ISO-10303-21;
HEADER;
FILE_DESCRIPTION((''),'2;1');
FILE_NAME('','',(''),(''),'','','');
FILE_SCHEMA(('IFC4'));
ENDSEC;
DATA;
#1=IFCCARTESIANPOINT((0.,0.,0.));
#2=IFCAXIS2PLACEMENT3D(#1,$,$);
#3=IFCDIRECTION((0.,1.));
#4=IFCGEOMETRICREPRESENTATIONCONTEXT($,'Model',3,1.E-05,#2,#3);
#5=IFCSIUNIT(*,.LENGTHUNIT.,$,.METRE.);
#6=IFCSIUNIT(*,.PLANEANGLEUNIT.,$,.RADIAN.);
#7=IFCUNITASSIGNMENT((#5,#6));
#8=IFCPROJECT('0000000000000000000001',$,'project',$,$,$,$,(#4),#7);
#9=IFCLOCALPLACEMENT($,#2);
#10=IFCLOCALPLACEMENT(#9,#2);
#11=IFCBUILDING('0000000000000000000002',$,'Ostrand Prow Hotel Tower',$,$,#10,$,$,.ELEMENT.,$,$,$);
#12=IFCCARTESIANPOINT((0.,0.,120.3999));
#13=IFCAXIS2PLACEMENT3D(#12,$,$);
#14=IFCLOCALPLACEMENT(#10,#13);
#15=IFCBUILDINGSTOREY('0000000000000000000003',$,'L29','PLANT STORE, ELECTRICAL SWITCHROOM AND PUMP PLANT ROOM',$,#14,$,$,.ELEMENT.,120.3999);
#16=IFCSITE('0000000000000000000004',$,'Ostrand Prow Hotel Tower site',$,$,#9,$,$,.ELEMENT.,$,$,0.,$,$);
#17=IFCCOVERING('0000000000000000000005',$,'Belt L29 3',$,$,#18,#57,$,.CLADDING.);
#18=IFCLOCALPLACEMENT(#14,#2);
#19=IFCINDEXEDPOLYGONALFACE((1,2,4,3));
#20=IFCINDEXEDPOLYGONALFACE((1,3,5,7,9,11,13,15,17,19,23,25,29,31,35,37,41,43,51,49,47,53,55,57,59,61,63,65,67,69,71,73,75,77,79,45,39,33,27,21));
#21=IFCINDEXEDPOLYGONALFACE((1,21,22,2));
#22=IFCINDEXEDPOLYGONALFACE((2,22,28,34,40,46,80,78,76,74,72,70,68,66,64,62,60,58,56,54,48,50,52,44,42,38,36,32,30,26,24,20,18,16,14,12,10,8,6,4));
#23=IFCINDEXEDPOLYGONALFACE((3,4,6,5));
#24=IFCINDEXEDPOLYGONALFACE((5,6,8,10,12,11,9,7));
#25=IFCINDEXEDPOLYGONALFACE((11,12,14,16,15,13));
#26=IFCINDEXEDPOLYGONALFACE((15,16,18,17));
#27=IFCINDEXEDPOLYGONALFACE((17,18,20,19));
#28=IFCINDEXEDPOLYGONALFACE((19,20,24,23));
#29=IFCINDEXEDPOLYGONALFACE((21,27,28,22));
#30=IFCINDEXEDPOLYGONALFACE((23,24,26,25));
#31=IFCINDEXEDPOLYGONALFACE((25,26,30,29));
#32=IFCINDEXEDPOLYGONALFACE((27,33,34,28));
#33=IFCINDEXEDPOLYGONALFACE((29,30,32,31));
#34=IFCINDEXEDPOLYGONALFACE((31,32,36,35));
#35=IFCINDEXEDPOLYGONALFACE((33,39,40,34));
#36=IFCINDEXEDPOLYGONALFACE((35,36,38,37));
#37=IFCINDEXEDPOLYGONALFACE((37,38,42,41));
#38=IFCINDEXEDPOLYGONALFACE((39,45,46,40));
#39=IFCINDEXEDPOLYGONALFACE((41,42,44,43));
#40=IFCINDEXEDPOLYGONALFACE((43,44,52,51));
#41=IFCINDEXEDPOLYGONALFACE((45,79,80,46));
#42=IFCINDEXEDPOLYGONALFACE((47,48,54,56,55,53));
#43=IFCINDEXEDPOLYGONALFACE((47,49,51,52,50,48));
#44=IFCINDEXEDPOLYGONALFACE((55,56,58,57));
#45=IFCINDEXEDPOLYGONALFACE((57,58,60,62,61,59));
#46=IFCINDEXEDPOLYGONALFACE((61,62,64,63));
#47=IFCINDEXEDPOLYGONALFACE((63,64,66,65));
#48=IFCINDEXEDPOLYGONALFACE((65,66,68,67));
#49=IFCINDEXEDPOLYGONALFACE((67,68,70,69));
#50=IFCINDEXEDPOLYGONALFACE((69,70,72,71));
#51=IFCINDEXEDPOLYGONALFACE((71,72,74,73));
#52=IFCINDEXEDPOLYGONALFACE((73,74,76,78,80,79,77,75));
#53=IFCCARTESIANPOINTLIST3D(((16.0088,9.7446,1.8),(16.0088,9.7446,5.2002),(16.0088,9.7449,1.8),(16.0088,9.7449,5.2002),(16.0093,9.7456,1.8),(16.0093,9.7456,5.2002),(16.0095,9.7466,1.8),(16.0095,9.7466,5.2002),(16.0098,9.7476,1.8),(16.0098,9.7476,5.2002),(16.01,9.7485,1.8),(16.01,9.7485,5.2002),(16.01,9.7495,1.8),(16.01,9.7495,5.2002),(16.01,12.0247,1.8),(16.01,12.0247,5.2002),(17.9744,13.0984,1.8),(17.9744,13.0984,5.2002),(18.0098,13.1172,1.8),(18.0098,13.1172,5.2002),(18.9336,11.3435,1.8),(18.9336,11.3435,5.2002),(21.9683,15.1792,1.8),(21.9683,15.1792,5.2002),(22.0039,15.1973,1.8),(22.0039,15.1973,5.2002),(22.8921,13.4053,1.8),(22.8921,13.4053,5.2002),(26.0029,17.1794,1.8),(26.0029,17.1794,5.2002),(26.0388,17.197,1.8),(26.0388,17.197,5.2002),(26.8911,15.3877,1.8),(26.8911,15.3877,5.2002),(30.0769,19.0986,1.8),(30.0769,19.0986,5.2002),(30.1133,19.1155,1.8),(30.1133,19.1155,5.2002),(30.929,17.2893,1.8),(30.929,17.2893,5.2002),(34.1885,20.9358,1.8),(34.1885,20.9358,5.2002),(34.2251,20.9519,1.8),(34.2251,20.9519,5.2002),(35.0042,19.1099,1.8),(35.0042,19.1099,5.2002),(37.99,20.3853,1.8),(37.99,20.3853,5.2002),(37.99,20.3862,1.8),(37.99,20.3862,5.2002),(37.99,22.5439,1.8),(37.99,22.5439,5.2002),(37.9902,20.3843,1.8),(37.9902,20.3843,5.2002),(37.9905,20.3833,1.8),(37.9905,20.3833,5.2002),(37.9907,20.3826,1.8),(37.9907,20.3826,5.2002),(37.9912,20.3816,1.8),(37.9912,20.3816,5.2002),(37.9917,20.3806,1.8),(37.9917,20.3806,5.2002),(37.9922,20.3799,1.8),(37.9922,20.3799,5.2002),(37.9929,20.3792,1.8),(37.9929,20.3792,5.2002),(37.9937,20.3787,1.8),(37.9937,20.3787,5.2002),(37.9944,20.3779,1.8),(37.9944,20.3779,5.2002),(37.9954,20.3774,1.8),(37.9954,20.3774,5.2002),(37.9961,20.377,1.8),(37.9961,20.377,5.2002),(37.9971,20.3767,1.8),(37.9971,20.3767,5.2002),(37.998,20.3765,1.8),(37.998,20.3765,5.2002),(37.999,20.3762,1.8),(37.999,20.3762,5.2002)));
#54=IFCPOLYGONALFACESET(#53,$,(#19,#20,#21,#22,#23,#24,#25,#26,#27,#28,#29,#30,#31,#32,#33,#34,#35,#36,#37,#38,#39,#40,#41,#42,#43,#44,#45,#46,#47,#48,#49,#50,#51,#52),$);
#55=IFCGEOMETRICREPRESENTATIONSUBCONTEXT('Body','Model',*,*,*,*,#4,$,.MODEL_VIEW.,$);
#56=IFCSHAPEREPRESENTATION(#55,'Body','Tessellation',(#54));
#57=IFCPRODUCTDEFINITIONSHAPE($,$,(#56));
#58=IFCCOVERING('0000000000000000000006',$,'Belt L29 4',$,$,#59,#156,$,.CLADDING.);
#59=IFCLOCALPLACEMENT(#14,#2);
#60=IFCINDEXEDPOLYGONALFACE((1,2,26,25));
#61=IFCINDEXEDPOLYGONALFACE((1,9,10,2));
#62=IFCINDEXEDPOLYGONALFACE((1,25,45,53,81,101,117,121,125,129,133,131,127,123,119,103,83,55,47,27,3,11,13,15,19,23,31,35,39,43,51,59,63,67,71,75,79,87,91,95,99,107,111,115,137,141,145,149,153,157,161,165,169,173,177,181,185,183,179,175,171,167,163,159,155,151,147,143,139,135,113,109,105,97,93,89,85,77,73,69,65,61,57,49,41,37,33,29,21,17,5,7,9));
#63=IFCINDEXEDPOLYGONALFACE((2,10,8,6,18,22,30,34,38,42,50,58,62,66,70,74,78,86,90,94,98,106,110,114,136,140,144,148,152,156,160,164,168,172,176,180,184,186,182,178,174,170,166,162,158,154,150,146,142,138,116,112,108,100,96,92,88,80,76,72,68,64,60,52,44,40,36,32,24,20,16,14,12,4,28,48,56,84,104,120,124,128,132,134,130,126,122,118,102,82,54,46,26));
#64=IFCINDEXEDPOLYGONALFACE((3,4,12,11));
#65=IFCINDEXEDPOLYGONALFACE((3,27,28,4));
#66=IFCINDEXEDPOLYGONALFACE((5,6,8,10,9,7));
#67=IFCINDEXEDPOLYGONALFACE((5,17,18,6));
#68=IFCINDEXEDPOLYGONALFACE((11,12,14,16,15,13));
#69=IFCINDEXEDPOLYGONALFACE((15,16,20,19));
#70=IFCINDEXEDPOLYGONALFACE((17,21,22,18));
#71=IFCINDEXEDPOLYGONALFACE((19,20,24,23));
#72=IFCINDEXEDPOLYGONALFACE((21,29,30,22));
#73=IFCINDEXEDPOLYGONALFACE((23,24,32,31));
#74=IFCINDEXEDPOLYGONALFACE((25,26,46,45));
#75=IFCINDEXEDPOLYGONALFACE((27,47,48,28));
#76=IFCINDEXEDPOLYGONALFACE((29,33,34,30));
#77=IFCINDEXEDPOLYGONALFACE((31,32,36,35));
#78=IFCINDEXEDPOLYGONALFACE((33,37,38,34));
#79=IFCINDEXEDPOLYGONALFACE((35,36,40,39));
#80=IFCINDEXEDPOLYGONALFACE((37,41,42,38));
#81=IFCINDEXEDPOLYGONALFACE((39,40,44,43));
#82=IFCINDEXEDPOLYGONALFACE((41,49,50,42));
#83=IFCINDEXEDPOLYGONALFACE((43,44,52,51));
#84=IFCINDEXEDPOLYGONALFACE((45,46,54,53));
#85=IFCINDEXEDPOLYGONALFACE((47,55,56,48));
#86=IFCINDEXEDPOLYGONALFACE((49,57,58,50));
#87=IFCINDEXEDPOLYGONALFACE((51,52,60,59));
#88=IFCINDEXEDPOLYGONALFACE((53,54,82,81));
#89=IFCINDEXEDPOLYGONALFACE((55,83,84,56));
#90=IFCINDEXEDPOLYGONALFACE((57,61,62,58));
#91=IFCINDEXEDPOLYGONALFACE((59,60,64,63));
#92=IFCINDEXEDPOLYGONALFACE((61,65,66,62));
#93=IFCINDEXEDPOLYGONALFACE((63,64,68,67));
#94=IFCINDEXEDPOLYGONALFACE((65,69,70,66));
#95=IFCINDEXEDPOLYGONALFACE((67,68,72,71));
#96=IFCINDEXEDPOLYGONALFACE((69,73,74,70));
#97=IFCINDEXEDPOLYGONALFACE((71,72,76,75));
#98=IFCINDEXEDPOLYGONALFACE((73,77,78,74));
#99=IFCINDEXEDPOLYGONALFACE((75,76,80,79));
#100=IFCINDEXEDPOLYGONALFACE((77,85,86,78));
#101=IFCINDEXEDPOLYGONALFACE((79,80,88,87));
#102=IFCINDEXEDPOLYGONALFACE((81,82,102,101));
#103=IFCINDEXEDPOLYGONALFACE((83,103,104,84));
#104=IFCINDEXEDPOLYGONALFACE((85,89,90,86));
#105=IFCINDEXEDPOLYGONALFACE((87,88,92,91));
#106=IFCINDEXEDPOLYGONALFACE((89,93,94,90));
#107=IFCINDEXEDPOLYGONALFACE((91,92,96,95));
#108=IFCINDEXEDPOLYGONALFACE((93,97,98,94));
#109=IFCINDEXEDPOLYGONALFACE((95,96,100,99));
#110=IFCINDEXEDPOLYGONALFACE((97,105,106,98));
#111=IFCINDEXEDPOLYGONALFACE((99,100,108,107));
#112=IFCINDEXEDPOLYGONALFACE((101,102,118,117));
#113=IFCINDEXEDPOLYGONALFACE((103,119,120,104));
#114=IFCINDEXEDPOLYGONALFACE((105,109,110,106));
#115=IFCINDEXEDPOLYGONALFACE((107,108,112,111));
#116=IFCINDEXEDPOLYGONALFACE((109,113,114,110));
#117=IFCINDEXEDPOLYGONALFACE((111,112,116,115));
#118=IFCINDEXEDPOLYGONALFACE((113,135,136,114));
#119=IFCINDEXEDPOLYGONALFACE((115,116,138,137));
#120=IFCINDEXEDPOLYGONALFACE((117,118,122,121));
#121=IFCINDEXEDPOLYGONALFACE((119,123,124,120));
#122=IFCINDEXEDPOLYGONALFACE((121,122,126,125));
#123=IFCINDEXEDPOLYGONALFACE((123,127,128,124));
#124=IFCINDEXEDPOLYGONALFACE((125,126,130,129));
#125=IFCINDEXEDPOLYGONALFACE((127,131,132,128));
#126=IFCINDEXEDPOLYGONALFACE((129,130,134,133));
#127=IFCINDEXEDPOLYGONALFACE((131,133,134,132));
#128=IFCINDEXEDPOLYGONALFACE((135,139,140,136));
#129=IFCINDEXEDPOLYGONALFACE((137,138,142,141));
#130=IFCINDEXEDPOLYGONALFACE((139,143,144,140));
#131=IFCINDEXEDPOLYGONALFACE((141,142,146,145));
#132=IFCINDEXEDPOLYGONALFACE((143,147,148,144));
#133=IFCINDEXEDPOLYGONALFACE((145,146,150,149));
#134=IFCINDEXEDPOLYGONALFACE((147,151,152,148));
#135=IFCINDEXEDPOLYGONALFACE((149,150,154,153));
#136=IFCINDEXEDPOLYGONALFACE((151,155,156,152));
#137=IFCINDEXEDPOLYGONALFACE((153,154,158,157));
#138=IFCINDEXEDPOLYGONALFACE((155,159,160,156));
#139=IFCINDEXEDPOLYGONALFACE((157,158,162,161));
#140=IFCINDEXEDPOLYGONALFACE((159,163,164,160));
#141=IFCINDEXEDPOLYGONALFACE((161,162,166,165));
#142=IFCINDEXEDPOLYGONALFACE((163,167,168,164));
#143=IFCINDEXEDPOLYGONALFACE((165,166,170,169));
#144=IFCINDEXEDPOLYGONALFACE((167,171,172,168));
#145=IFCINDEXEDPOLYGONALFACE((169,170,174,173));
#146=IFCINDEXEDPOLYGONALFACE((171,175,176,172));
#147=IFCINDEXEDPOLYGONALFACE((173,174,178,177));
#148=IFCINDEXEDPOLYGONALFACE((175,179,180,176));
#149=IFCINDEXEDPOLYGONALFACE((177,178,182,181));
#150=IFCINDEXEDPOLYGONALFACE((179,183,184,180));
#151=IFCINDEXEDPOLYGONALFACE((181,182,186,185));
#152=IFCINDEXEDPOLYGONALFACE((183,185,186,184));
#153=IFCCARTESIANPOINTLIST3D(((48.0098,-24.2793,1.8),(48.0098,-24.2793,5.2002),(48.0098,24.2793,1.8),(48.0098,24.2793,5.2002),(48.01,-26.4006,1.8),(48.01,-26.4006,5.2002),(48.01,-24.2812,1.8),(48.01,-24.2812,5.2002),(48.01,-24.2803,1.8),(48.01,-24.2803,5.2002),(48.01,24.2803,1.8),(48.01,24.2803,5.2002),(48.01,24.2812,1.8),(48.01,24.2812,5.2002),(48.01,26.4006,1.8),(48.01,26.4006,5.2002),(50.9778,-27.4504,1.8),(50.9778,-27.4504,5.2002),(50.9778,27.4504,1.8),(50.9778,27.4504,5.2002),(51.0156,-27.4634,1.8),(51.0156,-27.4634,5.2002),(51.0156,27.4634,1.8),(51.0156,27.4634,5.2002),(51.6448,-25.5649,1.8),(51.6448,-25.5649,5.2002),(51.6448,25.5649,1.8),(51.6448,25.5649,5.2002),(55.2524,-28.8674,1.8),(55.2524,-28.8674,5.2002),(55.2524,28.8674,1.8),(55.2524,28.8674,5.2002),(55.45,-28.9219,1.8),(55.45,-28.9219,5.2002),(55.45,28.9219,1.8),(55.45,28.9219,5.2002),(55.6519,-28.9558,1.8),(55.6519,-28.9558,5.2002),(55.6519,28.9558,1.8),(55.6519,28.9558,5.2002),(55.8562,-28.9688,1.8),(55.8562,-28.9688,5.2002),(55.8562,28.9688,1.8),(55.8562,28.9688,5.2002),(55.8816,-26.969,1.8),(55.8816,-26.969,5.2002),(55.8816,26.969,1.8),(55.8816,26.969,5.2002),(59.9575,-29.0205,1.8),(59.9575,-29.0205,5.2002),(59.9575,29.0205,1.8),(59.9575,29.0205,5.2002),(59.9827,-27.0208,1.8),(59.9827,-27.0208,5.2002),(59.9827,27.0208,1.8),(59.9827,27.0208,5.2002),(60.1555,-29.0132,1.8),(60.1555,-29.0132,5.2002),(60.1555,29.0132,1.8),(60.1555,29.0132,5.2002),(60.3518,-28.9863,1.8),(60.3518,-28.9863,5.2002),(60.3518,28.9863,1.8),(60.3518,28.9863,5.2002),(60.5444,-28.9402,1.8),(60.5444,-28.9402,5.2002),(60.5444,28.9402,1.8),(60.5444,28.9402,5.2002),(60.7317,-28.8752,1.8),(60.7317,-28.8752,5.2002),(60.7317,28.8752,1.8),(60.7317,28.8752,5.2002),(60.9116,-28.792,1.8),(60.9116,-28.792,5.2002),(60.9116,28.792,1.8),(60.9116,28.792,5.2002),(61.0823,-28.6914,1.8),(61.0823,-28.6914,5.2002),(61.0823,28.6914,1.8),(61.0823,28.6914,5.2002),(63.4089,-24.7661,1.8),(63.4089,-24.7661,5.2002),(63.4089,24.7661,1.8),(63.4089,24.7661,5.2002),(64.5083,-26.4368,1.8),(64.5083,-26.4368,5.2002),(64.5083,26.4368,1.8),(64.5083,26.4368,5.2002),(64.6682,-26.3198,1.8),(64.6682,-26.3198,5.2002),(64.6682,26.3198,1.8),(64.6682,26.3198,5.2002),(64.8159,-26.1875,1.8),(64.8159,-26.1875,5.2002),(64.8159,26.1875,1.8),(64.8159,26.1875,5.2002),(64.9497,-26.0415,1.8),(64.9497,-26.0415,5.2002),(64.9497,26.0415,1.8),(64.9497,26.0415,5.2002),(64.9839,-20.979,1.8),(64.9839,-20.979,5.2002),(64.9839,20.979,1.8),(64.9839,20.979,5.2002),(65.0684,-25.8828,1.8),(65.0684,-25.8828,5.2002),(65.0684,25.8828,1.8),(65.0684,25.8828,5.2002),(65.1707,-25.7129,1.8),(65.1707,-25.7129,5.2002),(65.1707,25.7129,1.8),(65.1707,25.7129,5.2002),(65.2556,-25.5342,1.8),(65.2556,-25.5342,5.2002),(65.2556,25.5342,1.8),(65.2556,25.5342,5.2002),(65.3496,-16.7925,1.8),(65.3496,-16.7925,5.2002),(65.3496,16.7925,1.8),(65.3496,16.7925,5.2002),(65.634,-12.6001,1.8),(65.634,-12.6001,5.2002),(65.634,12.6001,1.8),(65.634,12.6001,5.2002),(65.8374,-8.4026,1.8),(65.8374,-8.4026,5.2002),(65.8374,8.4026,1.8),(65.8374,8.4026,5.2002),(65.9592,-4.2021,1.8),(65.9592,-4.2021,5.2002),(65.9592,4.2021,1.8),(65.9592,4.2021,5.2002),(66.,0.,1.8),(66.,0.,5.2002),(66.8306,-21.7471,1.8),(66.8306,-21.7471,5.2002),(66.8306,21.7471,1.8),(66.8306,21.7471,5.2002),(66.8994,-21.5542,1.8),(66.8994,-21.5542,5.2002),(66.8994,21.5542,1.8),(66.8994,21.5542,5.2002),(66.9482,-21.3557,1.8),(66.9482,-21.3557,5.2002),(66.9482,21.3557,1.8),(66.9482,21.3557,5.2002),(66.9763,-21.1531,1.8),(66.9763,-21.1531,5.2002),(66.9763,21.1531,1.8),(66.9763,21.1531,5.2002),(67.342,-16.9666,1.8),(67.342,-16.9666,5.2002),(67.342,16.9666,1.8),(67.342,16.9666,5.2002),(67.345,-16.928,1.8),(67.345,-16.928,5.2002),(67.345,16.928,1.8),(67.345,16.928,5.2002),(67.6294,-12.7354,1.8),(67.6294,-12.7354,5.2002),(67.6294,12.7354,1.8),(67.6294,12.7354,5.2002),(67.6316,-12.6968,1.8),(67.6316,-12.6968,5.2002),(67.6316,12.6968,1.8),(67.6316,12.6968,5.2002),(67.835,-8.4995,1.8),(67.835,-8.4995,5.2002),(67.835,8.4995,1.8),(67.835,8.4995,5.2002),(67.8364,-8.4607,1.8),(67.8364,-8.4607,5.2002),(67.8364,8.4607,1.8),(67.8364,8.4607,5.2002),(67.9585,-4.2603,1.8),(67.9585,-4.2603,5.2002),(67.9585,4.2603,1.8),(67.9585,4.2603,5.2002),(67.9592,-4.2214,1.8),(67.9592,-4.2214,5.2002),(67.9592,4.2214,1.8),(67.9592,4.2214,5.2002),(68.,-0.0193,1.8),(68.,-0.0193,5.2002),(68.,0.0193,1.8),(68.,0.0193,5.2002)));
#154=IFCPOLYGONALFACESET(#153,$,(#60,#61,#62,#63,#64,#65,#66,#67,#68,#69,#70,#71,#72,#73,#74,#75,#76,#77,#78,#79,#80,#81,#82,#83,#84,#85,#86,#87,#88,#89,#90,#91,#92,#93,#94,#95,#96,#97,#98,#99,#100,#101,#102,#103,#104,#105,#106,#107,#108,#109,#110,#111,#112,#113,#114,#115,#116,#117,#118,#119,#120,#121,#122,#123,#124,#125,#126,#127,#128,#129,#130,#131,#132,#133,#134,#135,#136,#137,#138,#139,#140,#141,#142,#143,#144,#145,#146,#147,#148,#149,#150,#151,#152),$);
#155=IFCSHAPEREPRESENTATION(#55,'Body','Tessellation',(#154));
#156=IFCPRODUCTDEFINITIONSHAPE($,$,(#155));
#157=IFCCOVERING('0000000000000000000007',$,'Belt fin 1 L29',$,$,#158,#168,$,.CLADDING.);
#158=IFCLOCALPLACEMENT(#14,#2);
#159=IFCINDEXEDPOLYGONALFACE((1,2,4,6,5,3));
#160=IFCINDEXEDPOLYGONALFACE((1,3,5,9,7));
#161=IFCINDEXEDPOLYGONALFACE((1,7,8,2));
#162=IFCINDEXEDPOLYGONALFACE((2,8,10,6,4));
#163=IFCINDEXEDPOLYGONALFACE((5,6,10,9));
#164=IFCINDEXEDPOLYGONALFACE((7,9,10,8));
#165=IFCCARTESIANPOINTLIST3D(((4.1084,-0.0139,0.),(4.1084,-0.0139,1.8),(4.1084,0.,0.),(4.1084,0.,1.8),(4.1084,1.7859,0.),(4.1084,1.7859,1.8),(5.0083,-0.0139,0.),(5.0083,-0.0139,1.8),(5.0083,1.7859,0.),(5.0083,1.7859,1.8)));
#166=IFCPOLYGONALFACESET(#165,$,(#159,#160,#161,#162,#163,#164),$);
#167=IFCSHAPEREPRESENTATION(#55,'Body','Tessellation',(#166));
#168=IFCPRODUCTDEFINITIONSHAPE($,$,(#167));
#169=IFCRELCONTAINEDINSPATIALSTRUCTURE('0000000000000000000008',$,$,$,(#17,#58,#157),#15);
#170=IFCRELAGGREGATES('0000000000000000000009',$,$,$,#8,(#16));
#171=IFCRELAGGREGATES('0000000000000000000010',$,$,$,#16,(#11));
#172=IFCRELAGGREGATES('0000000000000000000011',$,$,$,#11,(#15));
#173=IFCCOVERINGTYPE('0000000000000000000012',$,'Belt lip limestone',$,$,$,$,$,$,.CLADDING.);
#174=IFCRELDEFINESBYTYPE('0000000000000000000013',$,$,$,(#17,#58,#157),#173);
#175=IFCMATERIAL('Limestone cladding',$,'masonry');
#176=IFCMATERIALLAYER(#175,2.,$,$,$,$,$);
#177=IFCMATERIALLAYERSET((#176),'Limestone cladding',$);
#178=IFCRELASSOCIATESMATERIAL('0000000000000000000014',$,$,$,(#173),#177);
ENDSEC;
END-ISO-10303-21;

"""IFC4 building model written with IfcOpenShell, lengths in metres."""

from ifc_helpers import new_model, si_unit, direction, frame, origin, place, context, subcontext, project, spatial, polyline, outline, extrude, material, layer, layer_set, type_object, element, save


model = new_model("IFC4")

# Units and contexts
model_context = context("Model", 3, precision=1e-05, world=origin(), true_north=direction((0.0, 1.0)))
body_context = subcontext(model_context, "Body", "Model", "MODEL_VIEW")
ifc_project = project(units=[si_unit("LENGTHUNIT", "METRE"), si_unit("PLANEANGLEUNIT", "RADIAN")], contexts=[model_context])

# Site, building, storey
site_placement = place(None, origin())
site = spatial("IfcSite", under=ifc_project, at=site_placement, Name="Ostrand Prow Hotel Tower site", CompositionType="ELEMENT", RefElevation=0.0)
building_placement = place(site_placement, origin())
building = spatial("IfcBuilding", under=site, at=building_placement, Name="Ostrand Prow Hotel Tower", CompositionType="ELEMENT")
storey_placement = place(building_placement, frame((0.0, 0.0, 120.3999)))
storey = spatial("IfcBuildingStorey", under=building, at=storey_placement, Name="L29", Description="PLANT STORE, ELECTRICAL SWITCHROOM AND PUMP PLANT ROOM", CompositionType="ELEMENT", Elevation=120.3999)

# Coverings
ifc_material_1 = material(Name="Limestone cladding", Category="masonry")
ifc_layer_1 = layer(ifc_material_1, 2.0)
ifc_layer_set_1 = layer_set([ifc_layer_1], Name="Limestone cladding")
covering_type_1 = type_object("IfcCoveringType", Name="Belt lip limestone", PredefinedType="CLADDING", material=ifc_layer_set_1)
covering_1_placement = place(storey_placement, frame((0.0, 0.0, 1.8)))
element("IfcCovering", 1, at=covering_1_placement, inside=storey, type_object=covering_type_1, Name="Belt L29 3", PredefinedType="CLADDING", context=body_context, shape_type="SweptSolid", body=[
    extrude(outline(polyline([(17.9744, 13.0984), (16.01, 12.0247), (16.01, 9.7495), (16.01, 9.7485), (16.0098, 9.7476), (16.0095, 9.7466), (16.0093, 9.7456), (16.0088, 9.7449), (16.0088, 9.7446), (18.9336, 11.3435), (22.8921, 13.4053), (26.8911, 15.3877), (30.929, 17.2893), (35.0042, 19.1099), (37.999, 20.3762), (37.999, 20.3762), (37.998, 20.3765), (37.9971, 20.3767), (37.9961, 20.377), (37.9954, 20.3774), (37.9944, 20.3779), (37.9937, 20.3787), (37.9929, 20.3792), (37.9922, 20.3799), (37.9917, 20.3806), (37.9912, 20.3816), (37.9907, 20.3826), (37.9905, 20.3833), (37.9902, 20.3843), (37.99, 20.3853), (37.99, 20.3862), (37.99, 22.5439), (34.2251, 20.9519), (34.1885, 20.9358), (30.1133, 19.1155), (30.0769, 19.0986), (26.0388, 17.197), (26.0029, 17.1794), (22.0039, 15.1973), (21.9683, 15.1792), (18.0098, 13.1172), (17.9744, 13.0984)])), origin(), (0.0, 0.0, 1.0), 3.4001),
])
covering_2_placement = place(storey_placement, frame((0.0, 0.0, 1.8)))
element("IfcCovering", 2, at=covering_2_placement, inside=storey, type_object=covering_type_1, Name="Belt L29 4", PredefinedType="CLADDING", context=body_context, shape_type="SweptSolid", body=[
    extrude(outline(polyline([(50.9778, 27.4504), (48.01, 26.4006), (48.01, 24.2812), (48.01, 24.2803), (48.0098, 24.2793), (48.0098, 24.2793), (51.6448, 25.5649), (55.8816, 26.969), (59.9827, 27.0208), (63.4089, 24.7661), (64.9839, 20.979), (65.3496, 16.7925), (65.634, 12.6001), (65.8374, 8.4026), (65.9592, 4.2021), (66.0, 0.0), (65.9592, -4.2021), (65.8374, -8.4026), (65.634, -12.6001), (65.3496, -16.7925), (64.9839, -20.979), (63.4089, -24.7661), (59.9827, -27.0208), (55.8816, -26.969), (51.6448, -25.5649), (48.0098, -24.2793), (48.0098, -24.2793), (48.01, -24.2803), (48.01, -24.2812), (48.01, -26.4006), (50.9778, -27.4504), (51.0156, -27.4634), (55.2524, -28.8674), (55.45, -28.9219), (55.6519, -28.9558), (55.8562, -28.9688), (59.9575, -29.0205), (60.1555, -29.0132), (60.3518, -28.9863), (60.5444, -28.9402), (60.7317, -28.8752), (60.9116, -28.792), (61.0823, -28.6914), (64.5083, -26.4368), (64.6682, -26.3198), (64.8159, -26.1875), (64.9497, -26.0415), (65.0684, -25.8828), (65.1707, -25.7129), (65.2556, -25.5342), (66.8306, -21.7471), (66.8994, -21.5542), (66.9482, -21.3557), (66.9763, -21.1531), (67.342, -16.9666), (67.345, -16.928), (67.6294, -12.7354), (67.6316, -12.6968), (67.835, -8.4995), (67.8364, -8.4607), (67.9585, -4.2603), (67.9592, -4.2214), (68.0, -0.0193), (68.0, 0.0193), (67.9592, 4.2214), (67.9585, 4.2603), (67.8364, 8.4607), (67.835, 8.4995), (67.6316, 12.6968), (67.6294, 12.7354), (67.345, 16.928), (67.342, 16.9666), (66.9763, 21.1531), (66.9482, 21.3557), (66.8994, 21.5542), (66.8306, 21.7471), (65.2556, 25.5342), (65.1707, 25.7129), (65.0684, 25.8828), (64.9497, 26.0415), (64.8159, 26.1875), (64.6682, 26.3198), (64.5083, 26.4368), (61.0823, 28.6914), (60.9116, 28.792), (60.7317, 28.8752), (60.5444, 28.9402), (60.3518, 28.9863), (60.1555, 29.0132), (59.9575, 29.0205), (55.8562, 28.9688), (55.6519, 28.9558), (55.45, 28.9219), (55.2524, 28.8674), (51.0156, 27.4634), (50.9778, 27.4504)])), origin(), (0.0, 0.0, 1.0), 3.4001),
])
covering_3_placement = place(storey_placement, origin())
element("IfcCovering", 3, at=covering_3_placement, inside=storey, type_object=covering_type_1, Name="Belt fin 1 L29", PredefinedType="CLADDING", context=body_context, shape_type="SweptSolid", body=[
    extrude(outline(polyline([(4.1084, 1.7859), (4.1084, 0.0), (4.1084, -0.0139), (5.0083, -0.0139), (5.0083, 1.7859), (4.1084, 1.7859)])), origin(), (0.0, 0.0, 1.0), 1.8),
])

save(model, "model.ifc")
